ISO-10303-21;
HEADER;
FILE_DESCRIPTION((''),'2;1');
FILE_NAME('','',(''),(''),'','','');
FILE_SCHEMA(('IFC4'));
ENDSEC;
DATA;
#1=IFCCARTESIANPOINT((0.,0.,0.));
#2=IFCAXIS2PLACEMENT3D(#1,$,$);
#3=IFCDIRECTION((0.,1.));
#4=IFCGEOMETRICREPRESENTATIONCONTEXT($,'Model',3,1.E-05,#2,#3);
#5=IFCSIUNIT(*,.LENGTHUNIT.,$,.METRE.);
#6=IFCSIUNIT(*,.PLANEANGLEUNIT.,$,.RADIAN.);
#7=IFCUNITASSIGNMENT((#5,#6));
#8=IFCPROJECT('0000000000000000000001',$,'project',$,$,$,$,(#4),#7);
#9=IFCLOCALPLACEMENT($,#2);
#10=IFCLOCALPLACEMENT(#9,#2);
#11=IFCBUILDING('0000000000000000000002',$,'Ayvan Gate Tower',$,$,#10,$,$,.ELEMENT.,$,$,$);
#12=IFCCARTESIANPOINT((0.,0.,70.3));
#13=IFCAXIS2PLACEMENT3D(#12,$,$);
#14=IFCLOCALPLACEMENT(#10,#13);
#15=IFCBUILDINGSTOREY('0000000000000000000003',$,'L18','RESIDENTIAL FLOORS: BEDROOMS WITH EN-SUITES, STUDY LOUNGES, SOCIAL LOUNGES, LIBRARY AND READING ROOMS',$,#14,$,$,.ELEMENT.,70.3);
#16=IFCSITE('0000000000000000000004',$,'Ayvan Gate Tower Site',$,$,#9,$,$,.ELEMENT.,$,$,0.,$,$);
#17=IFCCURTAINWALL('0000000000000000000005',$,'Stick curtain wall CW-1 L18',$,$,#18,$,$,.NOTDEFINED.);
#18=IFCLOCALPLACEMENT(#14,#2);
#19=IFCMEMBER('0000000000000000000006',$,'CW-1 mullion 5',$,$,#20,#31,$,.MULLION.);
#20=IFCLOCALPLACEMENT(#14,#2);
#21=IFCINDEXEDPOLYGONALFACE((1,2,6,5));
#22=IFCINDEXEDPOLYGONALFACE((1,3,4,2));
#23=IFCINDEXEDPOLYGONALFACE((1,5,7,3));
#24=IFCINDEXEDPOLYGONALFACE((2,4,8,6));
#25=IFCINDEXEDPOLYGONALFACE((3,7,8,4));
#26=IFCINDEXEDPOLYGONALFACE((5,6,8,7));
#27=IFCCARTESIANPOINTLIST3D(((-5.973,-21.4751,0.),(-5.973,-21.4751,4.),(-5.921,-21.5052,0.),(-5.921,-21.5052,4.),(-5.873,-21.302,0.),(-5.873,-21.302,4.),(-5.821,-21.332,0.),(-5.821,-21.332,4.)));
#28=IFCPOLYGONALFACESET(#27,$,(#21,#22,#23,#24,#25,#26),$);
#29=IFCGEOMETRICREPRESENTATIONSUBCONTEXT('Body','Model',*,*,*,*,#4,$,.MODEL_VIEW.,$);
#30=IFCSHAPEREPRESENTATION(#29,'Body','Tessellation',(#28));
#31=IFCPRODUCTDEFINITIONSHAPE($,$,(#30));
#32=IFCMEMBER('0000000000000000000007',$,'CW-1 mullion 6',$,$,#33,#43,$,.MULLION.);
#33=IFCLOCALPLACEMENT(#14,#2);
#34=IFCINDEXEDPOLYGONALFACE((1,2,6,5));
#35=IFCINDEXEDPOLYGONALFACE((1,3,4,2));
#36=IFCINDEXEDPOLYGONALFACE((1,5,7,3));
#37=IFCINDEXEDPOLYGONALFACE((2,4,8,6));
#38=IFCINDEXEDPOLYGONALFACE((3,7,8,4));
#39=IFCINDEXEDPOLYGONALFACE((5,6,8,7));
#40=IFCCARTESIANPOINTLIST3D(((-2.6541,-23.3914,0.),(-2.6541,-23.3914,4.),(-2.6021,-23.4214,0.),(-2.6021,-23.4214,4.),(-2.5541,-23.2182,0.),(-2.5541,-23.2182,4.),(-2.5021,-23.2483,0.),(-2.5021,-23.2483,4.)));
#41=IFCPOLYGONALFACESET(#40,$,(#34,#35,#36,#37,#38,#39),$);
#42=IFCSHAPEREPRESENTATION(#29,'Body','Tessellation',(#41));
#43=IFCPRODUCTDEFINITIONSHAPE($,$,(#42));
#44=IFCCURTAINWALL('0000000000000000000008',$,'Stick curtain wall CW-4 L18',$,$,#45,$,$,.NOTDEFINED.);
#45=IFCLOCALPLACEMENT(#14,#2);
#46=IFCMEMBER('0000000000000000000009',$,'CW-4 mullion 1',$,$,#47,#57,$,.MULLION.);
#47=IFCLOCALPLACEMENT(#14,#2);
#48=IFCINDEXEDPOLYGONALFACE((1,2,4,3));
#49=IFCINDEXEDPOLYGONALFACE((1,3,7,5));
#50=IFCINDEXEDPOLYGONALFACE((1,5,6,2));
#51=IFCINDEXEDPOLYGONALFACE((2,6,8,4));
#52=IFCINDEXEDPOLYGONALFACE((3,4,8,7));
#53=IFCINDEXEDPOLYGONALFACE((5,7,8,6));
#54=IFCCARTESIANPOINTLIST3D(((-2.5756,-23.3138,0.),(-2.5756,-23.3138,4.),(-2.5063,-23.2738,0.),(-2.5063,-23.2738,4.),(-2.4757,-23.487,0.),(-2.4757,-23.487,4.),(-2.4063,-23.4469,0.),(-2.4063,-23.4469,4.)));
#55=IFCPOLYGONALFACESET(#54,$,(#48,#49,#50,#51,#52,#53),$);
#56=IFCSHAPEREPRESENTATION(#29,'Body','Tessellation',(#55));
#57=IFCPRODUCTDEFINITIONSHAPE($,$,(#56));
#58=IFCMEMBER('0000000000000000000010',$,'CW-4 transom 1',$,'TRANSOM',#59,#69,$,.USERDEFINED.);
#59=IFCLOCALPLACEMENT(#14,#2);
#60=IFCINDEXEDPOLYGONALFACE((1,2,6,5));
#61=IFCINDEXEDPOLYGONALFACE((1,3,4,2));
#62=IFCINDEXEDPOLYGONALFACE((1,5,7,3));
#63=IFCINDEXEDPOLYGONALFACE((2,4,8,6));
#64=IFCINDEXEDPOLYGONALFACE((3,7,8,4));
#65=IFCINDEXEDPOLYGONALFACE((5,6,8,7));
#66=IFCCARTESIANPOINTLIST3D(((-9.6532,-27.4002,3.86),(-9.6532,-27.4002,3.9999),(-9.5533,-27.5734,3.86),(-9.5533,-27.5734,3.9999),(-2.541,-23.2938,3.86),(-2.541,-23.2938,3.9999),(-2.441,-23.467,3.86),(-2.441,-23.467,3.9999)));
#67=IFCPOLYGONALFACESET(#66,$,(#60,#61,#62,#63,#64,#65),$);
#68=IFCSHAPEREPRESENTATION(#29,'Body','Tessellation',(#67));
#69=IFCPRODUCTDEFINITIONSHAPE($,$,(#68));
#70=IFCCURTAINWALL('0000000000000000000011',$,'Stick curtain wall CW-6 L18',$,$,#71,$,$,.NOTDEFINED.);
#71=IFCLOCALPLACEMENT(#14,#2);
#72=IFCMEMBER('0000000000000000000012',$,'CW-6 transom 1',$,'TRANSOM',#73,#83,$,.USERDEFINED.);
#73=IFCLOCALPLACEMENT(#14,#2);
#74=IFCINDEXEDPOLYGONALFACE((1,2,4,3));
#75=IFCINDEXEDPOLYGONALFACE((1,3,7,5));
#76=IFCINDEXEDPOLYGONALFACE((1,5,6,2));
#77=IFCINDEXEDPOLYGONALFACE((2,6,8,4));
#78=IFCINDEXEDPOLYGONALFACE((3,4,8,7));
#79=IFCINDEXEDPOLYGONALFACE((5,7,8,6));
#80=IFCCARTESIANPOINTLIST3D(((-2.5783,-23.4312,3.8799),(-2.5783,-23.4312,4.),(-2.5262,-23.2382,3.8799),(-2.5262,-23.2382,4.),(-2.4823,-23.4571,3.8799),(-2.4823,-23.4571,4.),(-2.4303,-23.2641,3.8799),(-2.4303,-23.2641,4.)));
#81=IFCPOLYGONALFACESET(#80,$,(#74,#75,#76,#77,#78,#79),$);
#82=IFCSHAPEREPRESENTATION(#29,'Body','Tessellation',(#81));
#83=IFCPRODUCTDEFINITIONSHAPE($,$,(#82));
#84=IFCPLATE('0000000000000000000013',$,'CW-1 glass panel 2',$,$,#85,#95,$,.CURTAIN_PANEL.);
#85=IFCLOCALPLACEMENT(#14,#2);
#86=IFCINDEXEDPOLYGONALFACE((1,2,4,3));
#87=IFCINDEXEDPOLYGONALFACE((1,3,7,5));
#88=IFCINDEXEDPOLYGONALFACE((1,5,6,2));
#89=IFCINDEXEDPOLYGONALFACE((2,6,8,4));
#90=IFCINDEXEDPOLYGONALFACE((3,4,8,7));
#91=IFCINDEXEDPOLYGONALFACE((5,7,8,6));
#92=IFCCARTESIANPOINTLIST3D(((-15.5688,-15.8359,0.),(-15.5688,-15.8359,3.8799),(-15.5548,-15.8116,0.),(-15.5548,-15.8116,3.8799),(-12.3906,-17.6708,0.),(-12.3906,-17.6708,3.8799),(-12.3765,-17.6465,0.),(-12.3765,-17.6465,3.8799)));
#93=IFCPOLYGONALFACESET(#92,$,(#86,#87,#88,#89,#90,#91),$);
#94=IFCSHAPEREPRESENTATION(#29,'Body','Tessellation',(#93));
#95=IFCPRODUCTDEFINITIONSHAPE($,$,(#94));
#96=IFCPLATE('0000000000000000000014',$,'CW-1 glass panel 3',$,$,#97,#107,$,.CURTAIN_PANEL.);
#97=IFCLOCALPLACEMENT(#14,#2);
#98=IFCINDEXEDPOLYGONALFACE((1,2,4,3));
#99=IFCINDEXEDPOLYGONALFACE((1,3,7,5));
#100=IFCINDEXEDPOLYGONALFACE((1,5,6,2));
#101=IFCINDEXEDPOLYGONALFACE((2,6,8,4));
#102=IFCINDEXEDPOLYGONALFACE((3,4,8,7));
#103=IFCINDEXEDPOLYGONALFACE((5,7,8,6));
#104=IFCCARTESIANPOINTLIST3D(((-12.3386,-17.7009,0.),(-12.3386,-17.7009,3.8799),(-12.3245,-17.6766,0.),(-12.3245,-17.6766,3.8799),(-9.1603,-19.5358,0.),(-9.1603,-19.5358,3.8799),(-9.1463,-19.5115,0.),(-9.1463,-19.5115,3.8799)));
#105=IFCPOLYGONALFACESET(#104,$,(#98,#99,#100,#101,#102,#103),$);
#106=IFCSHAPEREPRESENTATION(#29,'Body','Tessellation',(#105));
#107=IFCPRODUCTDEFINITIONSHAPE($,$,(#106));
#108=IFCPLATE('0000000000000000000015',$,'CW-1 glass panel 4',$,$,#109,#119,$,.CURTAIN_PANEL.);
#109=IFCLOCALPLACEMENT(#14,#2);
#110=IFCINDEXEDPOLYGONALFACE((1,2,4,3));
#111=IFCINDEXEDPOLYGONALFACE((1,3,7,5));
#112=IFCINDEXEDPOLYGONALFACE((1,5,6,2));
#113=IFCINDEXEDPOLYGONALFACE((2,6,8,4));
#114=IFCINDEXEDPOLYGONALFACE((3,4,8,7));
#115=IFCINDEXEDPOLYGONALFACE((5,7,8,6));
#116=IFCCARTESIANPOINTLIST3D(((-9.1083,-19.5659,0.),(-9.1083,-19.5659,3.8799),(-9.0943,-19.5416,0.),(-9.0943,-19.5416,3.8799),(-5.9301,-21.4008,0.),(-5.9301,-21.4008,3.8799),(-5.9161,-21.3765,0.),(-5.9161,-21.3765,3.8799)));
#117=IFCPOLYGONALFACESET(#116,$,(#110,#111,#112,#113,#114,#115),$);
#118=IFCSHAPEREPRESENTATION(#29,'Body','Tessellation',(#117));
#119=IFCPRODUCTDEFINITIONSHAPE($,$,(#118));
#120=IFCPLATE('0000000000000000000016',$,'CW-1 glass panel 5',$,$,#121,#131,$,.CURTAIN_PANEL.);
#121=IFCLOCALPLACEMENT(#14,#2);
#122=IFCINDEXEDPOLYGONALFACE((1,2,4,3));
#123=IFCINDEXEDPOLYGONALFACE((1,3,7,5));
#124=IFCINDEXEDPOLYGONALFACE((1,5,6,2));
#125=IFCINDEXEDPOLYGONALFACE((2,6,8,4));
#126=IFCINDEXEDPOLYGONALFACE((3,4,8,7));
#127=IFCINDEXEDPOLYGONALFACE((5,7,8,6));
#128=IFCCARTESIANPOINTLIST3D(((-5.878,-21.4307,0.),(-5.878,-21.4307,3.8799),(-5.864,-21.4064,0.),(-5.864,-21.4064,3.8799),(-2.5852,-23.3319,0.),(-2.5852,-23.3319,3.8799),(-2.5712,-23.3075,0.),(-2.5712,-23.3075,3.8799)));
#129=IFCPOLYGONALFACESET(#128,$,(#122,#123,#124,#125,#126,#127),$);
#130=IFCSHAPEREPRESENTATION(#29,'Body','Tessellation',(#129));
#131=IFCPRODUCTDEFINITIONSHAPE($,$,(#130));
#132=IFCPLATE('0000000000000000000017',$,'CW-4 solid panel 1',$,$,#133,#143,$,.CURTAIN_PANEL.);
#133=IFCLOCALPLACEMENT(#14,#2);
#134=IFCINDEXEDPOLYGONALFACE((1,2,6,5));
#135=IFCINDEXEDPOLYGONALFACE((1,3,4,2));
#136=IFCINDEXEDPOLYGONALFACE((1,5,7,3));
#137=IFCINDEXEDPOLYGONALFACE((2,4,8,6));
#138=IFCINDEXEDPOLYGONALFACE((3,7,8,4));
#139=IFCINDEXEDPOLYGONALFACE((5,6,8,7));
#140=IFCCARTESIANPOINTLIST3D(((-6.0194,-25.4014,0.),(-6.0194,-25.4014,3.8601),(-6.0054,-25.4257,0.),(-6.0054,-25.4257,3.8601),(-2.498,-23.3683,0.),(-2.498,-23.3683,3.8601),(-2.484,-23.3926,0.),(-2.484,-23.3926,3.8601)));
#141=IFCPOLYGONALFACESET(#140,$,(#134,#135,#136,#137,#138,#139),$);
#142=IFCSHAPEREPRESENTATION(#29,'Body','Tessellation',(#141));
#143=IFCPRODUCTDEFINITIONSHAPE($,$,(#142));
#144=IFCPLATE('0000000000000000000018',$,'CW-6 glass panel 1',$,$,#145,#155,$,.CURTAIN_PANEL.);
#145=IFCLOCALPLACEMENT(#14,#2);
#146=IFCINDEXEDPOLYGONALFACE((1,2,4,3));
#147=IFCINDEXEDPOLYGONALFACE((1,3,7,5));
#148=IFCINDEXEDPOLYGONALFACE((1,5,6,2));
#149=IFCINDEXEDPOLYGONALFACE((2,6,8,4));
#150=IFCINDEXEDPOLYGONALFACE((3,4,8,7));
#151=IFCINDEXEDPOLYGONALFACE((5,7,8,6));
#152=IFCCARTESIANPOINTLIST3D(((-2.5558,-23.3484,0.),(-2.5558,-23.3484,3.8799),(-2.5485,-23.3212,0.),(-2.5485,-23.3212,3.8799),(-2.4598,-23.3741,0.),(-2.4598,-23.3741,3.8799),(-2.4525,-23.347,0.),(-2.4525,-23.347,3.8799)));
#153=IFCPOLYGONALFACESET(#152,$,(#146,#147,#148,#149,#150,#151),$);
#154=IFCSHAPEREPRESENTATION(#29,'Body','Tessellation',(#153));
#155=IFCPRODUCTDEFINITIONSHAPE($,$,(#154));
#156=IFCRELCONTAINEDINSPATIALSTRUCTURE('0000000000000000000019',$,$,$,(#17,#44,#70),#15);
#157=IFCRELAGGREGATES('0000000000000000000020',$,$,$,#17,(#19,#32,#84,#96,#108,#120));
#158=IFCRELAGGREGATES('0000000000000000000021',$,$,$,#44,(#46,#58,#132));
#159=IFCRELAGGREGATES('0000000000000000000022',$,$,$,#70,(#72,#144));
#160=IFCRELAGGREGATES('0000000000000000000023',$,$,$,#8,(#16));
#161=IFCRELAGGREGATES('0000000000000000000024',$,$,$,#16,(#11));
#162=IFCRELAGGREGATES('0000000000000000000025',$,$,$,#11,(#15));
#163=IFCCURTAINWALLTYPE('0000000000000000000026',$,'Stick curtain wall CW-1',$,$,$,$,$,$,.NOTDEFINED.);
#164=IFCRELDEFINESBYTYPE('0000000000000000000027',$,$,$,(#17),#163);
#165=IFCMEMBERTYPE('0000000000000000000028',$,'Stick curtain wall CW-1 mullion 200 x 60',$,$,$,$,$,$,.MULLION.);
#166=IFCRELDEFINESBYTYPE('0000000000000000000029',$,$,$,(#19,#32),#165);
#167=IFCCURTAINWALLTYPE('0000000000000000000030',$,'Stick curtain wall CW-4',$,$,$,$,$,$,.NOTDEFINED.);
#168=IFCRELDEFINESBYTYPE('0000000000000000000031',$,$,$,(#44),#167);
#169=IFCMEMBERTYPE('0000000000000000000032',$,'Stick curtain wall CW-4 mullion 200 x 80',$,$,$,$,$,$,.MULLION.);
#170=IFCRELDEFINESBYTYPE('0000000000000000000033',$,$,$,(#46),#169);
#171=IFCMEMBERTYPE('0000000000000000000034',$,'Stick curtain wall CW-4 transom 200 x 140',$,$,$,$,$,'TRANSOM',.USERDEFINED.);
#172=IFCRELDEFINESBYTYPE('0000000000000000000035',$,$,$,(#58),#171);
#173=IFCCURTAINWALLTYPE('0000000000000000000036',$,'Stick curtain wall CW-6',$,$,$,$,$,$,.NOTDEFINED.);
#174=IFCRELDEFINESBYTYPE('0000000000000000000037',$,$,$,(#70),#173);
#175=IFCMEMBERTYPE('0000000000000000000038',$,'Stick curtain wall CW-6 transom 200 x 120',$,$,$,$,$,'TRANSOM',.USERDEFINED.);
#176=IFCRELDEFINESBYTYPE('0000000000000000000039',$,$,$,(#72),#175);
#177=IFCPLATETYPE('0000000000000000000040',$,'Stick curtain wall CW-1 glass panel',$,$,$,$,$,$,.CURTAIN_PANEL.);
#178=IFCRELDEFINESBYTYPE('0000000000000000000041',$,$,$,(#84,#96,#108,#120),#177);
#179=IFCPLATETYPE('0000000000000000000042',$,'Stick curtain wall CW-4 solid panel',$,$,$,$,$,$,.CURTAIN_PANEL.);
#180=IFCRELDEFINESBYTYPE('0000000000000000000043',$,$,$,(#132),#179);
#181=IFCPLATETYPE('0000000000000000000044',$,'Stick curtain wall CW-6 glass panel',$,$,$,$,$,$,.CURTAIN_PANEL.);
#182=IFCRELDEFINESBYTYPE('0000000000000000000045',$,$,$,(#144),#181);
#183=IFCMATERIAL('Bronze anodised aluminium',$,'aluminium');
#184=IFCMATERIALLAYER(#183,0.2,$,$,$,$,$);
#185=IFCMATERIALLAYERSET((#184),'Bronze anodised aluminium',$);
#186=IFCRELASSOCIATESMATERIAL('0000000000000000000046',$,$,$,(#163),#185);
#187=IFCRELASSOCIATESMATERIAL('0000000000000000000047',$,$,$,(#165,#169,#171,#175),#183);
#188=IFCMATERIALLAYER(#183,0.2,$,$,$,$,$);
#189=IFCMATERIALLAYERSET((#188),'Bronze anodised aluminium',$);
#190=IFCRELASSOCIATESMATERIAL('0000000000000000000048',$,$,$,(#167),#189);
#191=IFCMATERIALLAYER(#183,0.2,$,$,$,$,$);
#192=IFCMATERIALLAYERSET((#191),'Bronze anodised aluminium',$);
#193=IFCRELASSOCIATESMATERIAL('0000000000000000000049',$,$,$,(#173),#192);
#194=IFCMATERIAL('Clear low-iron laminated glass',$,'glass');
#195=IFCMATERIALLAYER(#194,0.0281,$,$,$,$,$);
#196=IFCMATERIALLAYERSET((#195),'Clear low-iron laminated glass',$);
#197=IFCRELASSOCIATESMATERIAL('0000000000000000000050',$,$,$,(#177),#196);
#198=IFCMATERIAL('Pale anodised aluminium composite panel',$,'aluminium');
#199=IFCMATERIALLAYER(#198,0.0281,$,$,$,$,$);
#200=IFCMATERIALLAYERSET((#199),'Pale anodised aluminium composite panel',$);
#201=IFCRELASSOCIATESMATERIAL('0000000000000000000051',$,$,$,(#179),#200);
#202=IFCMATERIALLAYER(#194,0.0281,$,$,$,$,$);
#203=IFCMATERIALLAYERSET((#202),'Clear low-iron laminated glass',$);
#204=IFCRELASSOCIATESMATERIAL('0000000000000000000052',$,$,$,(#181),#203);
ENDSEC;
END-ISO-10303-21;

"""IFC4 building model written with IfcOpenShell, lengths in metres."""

from ifc_helpers import new_model, si_unit, direction, frame, origin, origin_2d, place, context, subcontext, project, spatial, rectangle, extrude, material, layer, layer_set, material_profile, profile_set, type_object, element, aggregate, save


model = new_model("IFC4")

# Units and contexts
model_context = context("Model", 3, precision=1e-05, world=origin(), true_north=direction((0.0, 1.0)))
body_context = subcontext(model_context, "Body", "Model", "MODEL_VIEW")
ifc_project = project(units=[si_unit("LENGTHUNIT", "METRE"), si_unit("PLANEANGLEUNIT", "RADIAN")], contexts=[model_context])

# Site, building, storey
site_placement = place(None, origin())
site = spatial("IfcSite", under=ifc_project, at=site_placement, Name="Ayvan Gate Tower Site", CompositionType="ELEMENT", RefElevation=0.0)
building_placement = place(site_placement, origin())
building = spatial("IfcBuilding", under=site, at=building_placement, Name="Ayvan Gate Tower", CompositionType="ELEMENT")
storey_placement = place(building_placement, frame((0.0, 0.0, 70.3)))
storey = spatial("IfcBuildingStorey", under=building, at=storey_placement, Name="L18", Description="RESIDENTIAL FLOORS: BEDROOMS WITH EN-SUITES, STUDY LOUNGES, SOCIAL LOUNGES, LIBRARY AND READING ROOMS", CompositionType="ELEMENT", Elevation=70.3)

# Curtain walls, members
ifc_material_1 = material(Name="Bronze anodised aluminium", Category="aluminium")
ifc_layer_1 = layer(ifc_material_1, 0.2)
ifc_layer_set_1 = layer_set([ifc_layer_1], Name="Bronze anodised aluminium")
curtain_wall_type_1 = type_object("IfcCurtainWallType", Name="Stick curtain wall CW-1", PredefinedType="NOTDEFINED", material=ifc_layer_set_1)
curtain_wall_1_placement = place(storey_placement, origin())
curtain_wall_1 = element("IfcCurtainWall", 1, at=curtain_wall_1_placement, inside=storey, type_object=curtain_wall_type_1, Name="Stick curtain wall CW-1 L18", PredefinedType="NOTDEFINED")
ifc_material_profile_1 = material_profile(ifc_material_1, rectangle(XDim=0.2, YDim=0.0601, at=origin_2d()), Name="Stick curtain wall CW-1 mullion 200 x 60")
ifc_profile_set_1 = profile_set([ifc_material_profile_1], Name="Bronze anodised aluminium")
member_type_1 = type_object("IfcMemberType", Name="Stick curtain wall CW-1 mullion 200 x 60", PredefinedType="MULLION", material=ifc_profile_set_1)
member_1_placement = place(storey_placement, frame((-5.897, -21.4036, 0.0), z_axis=(0.0, 0.0, 1.0), x_axis=(-0.5, -0.866025, 0.0)))
member_1 = element("IfcMember", 2, at=member_1_placement, type_object=member_type_1, Name="CW-1 mullion 5", PredefinedType="MULLION", context=body_context, shape_type="SweptSolid", body=[
    extrude(rectangle(XDim=0.2, YDim=0.0601, at=origin_2d()), origin(), (0.0, 0.0, 1.0), 4.0),
])
member_2_placement = place(storey_placement, frame((-2.5781, -23.3198, 0.0), z_axis=(0.0, 0.0, 1.0), x_axis=(-0.5, -0.866025, 0.0)))
member_2 = element("IfcMember", 3, at=member_2_placement, type_object=member_type_1, Name="CW-1 mullion 6", PredefinedType="MULLION", context=body_context, shape_type="SweptSolid", body=[
    extrude(rectangle(XDim=0.2, YDim=0.0601, at=origin_2d()), origin(), (0.0, 0.0, 1.0), 4.0),
])
ifc_layer_2 = layer(ifc_material_1, 0.2)
ifc_layer_set_2 = layer_set([ifc_layer_2], Name="Bronze anodised aluminium")
curtain_wall_type_2 = type_object("IfcCurtainWallType", Name="Stick curtain wall CW-4", PredefinedType="NOTDEFINED", material=ifc_layer_set_2)
curtain_wall_2_placement = place(storey_placement, origin())
curtain_wall_2 = element("IfcCurtainWall", 4, at=curtain_wall_2_placement, inside=storey, type_object=curtain_wall_type_2, Name="Stick curtain wall CW-4 L18", PredefinedType="NOTDEFINED")
ifc_material_profile_2 = material_profile(ifc_material_1, rectangle(XDim=0.2, YDim=0.0801, at=origin_2d()), Name="Stick curtain wall CW-4 mullion 200 x 80")
ifc_profile_set_2 = profile_set([ifc_material_profile_2], Name="Bronze anodised aluminium")
member_type_2 = type_object("IfcMemberType", Name="Stick curtain wall CW-4 mullion 200 x 80", PredefinedType="MULLION", material=ifc_profile_set_2)
member_3_placement = place(storey_placement, frame((-2.491, -23.3804, 0.0), z_axis=(0.0, 0.0, 1.0), x_axis=(-0.5, 0.866025, 0.0)))
member_3 = element("IfcMember", 5, at=member_3_placement, type_object=member_type_2, Name="CW-4 mullion 1", PredefinedType="MULLION", context=body_context, shape_type="SweptSolid", body=[
    extrude(rectangle(XDim=0.2, YDim=0.0801, at=origin_2d()), origin(), (0.0, 0.0, 1.0), 4.0),
])
ifc_material_profile_3 = material_profile(ifc_material_1, rectangle(XDim=0.2, YDim=0.1399, at=origin_2d()), Name="Stick curtain wall CW-4 transom 200 x 140")
ifc_profile_set_3 = profile_set([ifc_material_profile_3], Name="Bronze anodised aluminium")
member_type_3 = type_object("IfcMemberType", Name="Stick curtain wall CW-4 transom 200 x 140", ElementType="TRANSOM", PredefinedType="USERDEFINED", material=ifc_profile_set_3)
member_4_placement = place(storey_placement, frame((-2.491, -23.3804, 3.9299), z_axis=(-0.866017, -0.500014, 0.0), x_axis=(0.500014, -0.866017, 0.0)))
member_4 = element("IfcMember", 6, at=member_4_placement, type_object=member_type_3, Name="CW-4 transom 1", ObjectType="TRANSOM", PredefinedType="USERDEFINED", context=body_context, shape_type="SweptSolid", body=[
    extrude(rectangle(XDim=0.2, YDim=0.1399, at=origin_2d()), origin(), (0.0, 0.0, 1.0), 8.2126),
])

# Curtain wall, member
ifc_layer_3 = layer(ifc_material_1, 0.2)
ifc_layer_set_3 = layer_set([ifc_layer_3], Name="Bronze anodised aluminium")
curtain_wall_type_3 = type_object("IfcCurtainWallType", Name="Stick curtain wall CW-6", PredefinedType="NOTDEFINED", material=ifc_layer_set_3)
curtain_wall_3_placement = place(storey_placement, origin())
curtain_wall_3 = element("IfcCurtainWall", 7, at=curtain_wall_3_placement, inside=storey, type_object=curtain_wall_type_3, Name="Stick curtain wall CW-6 L18", PredefinedType="NOTDEFINED")
ifc_material_profile_4 = material_profile(ifc_material_1, rectangle(XDim=0.2, YDim=0.1201, at=origin_2d()), Name="Stick curtain wall CW-6 transom 200 x 120")
ifc_profile_set_4 = profile_set([ifc_material_profile_4], Name="Bronze anodised aluminium")
member_type_4 = type_object("IfcMemberType", Name="Stick curtain wall CW-6 transom 200 x 120", ElementType="TRANSOM", PredefinedType="USERDEFINED", material=ifc_profile_set_4)
member_5_placement = place(storey_placement, frame((-2.5522, -23.3347, 3.9399), z_axis=(0.965497, -0.260414, 0.0), x_axis=(0.260414, 0.965497, 0.0)))
member_5 = element("IfcMember", 8, at=member_5_placement, type_object=member_type_4, Name="CW-6 transom 1", ObjectType="TRANSOM", PredefinedType="USERDEFINED", context=body_context, shape_type="SweptSolid", body=[
    extrude(rectangle(XDim=0.2, YDim=0.1201, at=origin_2d()), origin(), (0.0, 0.0, 1.0), 0.0994),
])

# Plates
ifc_material_2 = material(Name="Clear low-iron laminated glass", Category="glass")
ifc_layer_4 = layer(ifc_material_2, 0.0281)
ifc_layer_set_4 = layer_set([ifc_layer_4], Name="Clear low-iron laminated glass")
plate_type_1 = type_object("IfcPlateType", Name="Stick curtain wall CW-1 glass panel", PredefinedType="CURTAIN_PANEL", material=ifc_layer_set_4)
plate_1_placement = place(storey_placement, frame((-13.9727, -16.7412, 0.0), z_axis=(0.0, 0.0, 1.0), x_axis=(0.866025, -0.5, 0.0)))
plate_1 = element("IfcPlate", 9, at=plate_1_placement, type_object=plate_type_1, Name="CW-1 glass panel 2", PredefinedType="CURTAIN_PANEL", context=body_context, shape_type="SweptSolid", body=[
    extrude(rectangle(XDim=3.6699, YDim=0.0281, at=origin_2d()), origin(), (0.0, 0.0, 1.0), 3.8799),
])
plate_2_placement = place(storey_placement, frame((-10.7424, -18.6062, 0.0), z_axis=(0.0, 0.0, 1.0), x_axis=(0.866025, -0.5, 0.0)))
plate_2 = element("IfcPlate", 10, at=plate_2_placement, type_object=plate_type_1, Name="CW-1 glass panel 3", PredefinedType="CURTAIN_PANEL", context=body_context, shape_type="SweptSolid", body=[
    extrude(rectangle(XDim=3.6699, YDim=0.0281, at=origin_2d()), origin(), (0.0, 0.0, 1.0), 3.8799),
])
plate_3_placement = place(storey_placement, frame((-7.5122, -20.4712, 0.0), z_axis=(0.0, 0.0, 1.0), x_axis=(0.866025, -0.5, 0.0)))
plate_3 = element("IfcPlate", 11, at=plate_3_placement, type_object=plate_type_1, Name="CW-1 glass panel 4", PredefinedType="CURTAIN_PANEL", context=body_context, shape_type="SweptSolid", body=[
    extrude(rectangle(XDim=3.6699, YDim=0.0281, at=origin_2d()), origin(), (0.0, 0.0, 1.0), 3.8799),
])
plate_4_placement = place(storey_placement, frame((-4.2246, -22.3691, 0.0), z_axis=(0.0, 0.0, 1.0), x_axis=(0.866025, -0.5, 0.0)))
plate_4 = element("IfcPlate", 12, at=plate_4_placement, type_object=plate_type_1, Name="CW-1 glass panel 5", PredefinedType="CURTAIN_PANEL", context=body_context, shape_type="SweptSolid", body=[
    extrude(rectangle(XDim=3.8022, YDim=0.0281, at=origin_2d()), origin(), (0.0, 0.0, 1.0), 3.8799),
])
aggregate(curtain_wall_1, [member_1, member_2, plate_1, plate_2, plate_3, plate_4])
ifc_material_3 = material(Name="Pale anodised aluminium composite panel", Category="aluminium")
ifc_layer_5 = layer(ifc_material_3, 0.0281)
ifc_layer_set_5 = layer_set([ifc_layer_5], Name="Pale anodised aluminium composite panel")
plate_type_2 = type_object("IfcPlateType", Name="Stick curtain wall CW-4 solid panel", PredefinedType="CURTAIN_PANEL", material=ifc_layer_set_5)
plate_5_placement = place(storey_placement, frame((-4.2517, -24.397, 0.0), z_axis=(0.0, 0.0, 1.0), x_axis=(-0.866025, -0.5, 0.0)))
plate_5 = element("IfcPlate", 13, at=plate_5_placement, type_object=plate_type_2, Name="CW-4 solid panel 1", PredefinedType="CURTAIN_PANEL", context=body_context, shape_type="SweptSolid", body=[
    extrude(rectangle(XDim=4.0662, YDim=0.0281, at=origin_2d()), origin(), (0.0, 0.0, 1.0), 3.8601),
])
aggregate(curtain_wall_2, [member_3, member_4, plate_5])
ifc_layer_6 = layer(ifc_material_2, 0.0281)
ifc_layer_set_6 = layer_set([ifc_layer_6], Name="Clear low-iron laminated glass")
plate_type_3 = type_object("IfcPlateType", Name="Stick curtain wall CW-6 glass panel", PredefinedType="CURTAIN_PANEL", material=ifc_layer_set_6)
plate_6_placement = place(storey_placement, frame((-2.5042, -23.3477, 0.0), z_axis=(0.0, 0.0, 1.0), x_axis=(0.965926, -0.258819, 0.0)))
plate_6 = element("IfcPlate", 14, at=plate_6_placement, type_object=plate_type_3, Name="CW-6 glass panel 1", PredefinedType="CURTAIN_PANEL", context=body_context, shape_type="SweptSolid", body=[
    extrude(rectangle(XDim=0.0994, YDim=0.0281, at=origin_2d()), origin(), (0.0, 0.0, 1.0), 3.8799),
])
aggregate(curtain_wall_3, [member_5, plate_6])

save(model, "model.ifc")
